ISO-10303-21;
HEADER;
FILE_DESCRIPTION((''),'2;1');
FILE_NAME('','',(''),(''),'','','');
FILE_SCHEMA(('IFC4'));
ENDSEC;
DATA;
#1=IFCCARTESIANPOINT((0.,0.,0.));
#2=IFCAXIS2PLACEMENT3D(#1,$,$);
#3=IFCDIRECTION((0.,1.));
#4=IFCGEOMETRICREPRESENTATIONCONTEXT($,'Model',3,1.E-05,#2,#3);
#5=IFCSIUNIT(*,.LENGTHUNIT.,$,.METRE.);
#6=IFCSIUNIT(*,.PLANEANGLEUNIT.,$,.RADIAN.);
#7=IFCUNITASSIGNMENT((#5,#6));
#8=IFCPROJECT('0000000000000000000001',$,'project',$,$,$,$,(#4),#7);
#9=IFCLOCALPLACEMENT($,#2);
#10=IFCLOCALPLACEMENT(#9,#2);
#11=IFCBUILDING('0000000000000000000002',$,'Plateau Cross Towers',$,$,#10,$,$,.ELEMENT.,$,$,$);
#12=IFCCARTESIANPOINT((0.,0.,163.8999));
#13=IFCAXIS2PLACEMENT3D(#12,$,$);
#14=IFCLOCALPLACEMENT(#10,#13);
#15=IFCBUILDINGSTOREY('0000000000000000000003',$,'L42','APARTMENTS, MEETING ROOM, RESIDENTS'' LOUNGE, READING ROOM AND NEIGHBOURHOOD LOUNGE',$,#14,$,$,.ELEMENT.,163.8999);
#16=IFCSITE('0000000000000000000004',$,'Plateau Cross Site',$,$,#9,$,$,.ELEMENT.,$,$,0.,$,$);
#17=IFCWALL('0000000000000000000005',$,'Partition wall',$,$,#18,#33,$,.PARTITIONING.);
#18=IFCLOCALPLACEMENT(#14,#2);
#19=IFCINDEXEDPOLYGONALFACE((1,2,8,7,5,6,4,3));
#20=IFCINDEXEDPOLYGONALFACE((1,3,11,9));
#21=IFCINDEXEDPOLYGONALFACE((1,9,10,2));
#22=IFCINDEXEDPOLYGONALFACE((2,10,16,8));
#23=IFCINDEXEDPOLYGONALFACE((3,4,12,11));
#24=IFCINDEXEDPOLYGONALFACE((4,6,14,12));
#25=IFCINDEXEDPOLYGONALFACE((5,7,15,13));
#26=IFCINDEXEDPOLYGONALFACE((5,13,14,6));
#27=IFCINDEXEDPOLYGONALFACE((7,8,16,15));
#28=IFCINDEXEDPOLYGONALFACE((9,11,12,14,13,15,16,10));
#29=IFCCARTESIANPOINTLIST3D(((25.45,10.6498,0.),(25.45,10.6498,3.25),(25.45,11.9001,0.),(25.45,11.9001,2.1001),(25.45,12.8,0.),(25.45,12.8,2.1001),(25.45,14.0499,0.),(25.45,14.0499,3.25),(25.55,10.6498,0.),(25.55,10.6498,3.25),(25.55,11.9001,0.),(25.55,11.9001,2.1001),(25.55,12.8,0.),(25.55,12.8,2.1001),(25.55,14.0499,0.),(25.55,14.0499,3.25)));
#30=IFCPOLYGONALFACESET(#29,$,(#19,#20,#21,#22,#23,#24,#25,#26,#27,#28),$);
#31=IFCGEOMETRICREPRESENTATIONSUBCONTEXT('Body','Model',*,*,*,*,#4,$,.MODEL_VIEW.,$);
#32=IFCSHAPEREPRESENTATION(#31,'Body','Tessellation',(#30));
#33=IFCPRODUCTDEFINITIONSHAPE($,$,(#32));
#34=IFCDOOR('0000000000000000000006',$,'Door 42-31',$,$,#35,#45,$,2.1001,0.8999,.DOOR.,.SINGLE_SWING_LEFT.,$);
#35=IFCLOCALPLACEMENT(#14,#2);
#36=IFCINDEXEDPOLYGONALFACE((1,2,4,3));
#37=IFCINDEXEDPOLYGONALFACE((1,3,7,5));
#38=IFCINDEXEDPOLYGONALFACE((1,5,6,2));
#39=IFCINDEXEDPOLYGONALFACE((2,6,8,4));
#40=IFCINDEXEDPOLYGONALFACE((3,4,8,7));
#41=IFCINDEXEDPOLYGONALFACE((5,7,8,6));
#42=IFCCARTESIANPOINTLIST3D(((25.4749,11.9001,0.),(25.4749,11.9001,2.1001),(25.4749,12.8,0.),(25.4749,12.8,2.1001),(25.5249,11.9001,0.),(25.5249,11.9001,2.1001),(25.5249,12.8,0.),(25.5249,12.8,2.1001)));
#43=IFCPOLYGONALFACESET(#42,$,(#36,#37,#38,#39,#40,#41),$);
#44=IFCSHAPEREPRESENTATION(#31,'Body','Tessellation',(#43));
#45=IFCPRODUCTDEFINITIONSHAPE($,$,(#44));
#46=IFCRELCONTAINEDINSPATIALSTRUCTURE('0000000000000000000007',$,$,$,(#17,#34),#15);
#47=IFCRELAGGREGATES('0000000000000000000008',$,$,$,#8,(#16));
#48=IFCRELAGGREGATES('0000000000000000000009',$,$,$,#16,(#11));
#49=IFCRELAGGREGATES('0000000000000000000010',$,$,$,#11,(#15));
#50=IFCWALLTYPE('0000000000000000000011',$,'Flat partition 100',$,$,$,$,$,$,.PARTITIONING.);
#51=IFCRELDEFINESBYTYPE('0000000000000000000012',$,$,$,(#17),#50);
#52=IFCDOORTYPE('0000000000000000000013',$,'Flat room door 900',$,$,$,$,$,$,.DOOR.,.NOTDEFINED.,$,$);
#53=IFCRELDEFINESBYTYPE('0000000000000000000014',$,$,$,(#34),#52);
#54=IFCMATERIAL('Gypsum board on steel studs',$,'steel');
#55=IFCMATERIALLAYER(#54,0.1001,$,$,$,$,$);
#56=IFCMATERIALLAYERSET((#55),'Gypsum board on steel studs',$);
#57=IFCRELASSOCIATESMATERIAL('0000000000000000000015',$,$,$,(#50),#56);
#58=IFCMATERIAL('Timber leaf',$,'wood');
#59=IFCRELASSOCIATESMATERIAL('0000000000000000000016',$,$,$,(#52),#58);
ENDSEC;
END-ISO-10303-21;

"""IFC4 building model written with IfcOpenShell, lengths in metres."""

from ifc_helpers import new_model, si_unit, direction, frame, frame_2d, origin, place, context, subcontext, project, spatial, rectangle, extrude, material, layer, layer_set, type_object, element, fill, save


model = new_model("IFC4")

# Units and contexts
model_context = context("Model", 3, precision=1e-05, world=origin(), true_north=direction((0.0, 1.0)))
body_context = subcontext(model_context, "Body", "Model", "MODEL_VIEW")
ifc_project = project(units=[si_unit("LENGTHUNIT", "METRE"), si_unit("PLANEANGLEUNIT", "RADIAN")], contexts=[model_context])

# Site, building, storey
site_placement = place(None, origin())
site = spatial("IfcSite", under=ifc_project, at=site_placement, Name="Plateau Cross Site", CompositionType="ELEMENT", RefElevation=0.0)
building_placement = place(site_placement, origin())
building = spatial("IfcBuilding", under=site, at=building_placement, Name="Plateau Cross Towers", CompositionType="ELEMENT")
storey_placement = place(building_placement, frame((0.0, 0.0, 163.8999)))
storey = spatial("IfcBuildingStorey", under=building, at=storey_placement, Name="L42", Description="APARTMENTS, MEETING ROOM, RESIDENTS' LOUNGE, READING ROOM AND NEIGHBOURHOOD LOUNGE", CompositionType="ELEMENT", Elevation=163.8999)

# Shared definitions
ifc_material_1 = material(Name="Gypsum board on steel studs", Category="steel")
ifc_layer_1 = layer(ifc_material_1, 0.1001)
ifc_layer_set_1 = layer_set([ifc_layer_1], Name="Gypsum board on steel studs")
wall_type_1 = type_object("IfcWallType", Name="Flat partition 100", PredefinedType="PARTITIONING", material=ifc_layer_set_1)

# Wall, opening, door
ifc_material_2 = material(Name="Timber leaf", Category="wood")
door_type_1 = type_object("IfcDoorType", Name="Flat room door 900", OperationType="NOTDEFINED", PredefinedType="DOOR", material=ifc_material_2)
wall_1_placement = place(storey_placement, frame((25.5, 14.05, 0.0), z_axis=(0.0, 0.0, 1.0), x_axis=(0.0, -1.0, 0.0)))
wall_1 = element("IfcWall", 1, at=wall_1_placement, inside=storey, type_object=wall_type_1, Name="Partition wall", PredefinedType="PARTITIONING", context=body_context, shape_type="SweptSolid", body=[
    extrude(rectangle(XDim=3.4001, YDim=0.1001, at=frame_2d((1.7002, 0.0))), origin(), (0.0, 0.0, 1.0), 3.25),
])
opening_1_placement = place(wall_1_placement, frame((1.25, 0.0, 0.0)))
opening_1 = element("IfcOpeningElement", 2, at=opening_1_placement, cuts=wall_1, PredefinedType="OPENING", context=body_context, shape_type="SweptSolid", body=[
    extrude(rectangle(XDim=0.8999, YDim=2.1001, at=frame_2d((0.45, 1.05))), frame((0.0, 0.0601, 0.0), z_axis=(0.0, -1.0, 0.0), x_axis=(1.0, 0.0, 0.0)), (0.0, 0.0, 1.0), 0.1201),
])
door_1_placement = place(opening_1_placement, origin())
door_1 = element("IfcDoor", 3, at=door_1_placement, inside=storey, type_object=door_type_1, Name="Door 42-31", OperationType="SINGLE_SWING_LEFT", OverallHeight=2.1001, OverallWidth=0.8999, PredefinedType="DOOR", context=body_context, shape_type="SweptSolid", body=[
    extrude(rectangle(XDim=0.8999, YDim=2.1001, at=frame_2d((0.45, 1.05))), frame((0.0, 0.0249, 0.0), z_axis=(0.0, -1.0, 0.0), x_axis=(1.0, 0.0, 0.0)), (0.0, 0.0, 1.0), 0.05),
])
fill(opening_1, door_1)

save(model, "model.ifc")
